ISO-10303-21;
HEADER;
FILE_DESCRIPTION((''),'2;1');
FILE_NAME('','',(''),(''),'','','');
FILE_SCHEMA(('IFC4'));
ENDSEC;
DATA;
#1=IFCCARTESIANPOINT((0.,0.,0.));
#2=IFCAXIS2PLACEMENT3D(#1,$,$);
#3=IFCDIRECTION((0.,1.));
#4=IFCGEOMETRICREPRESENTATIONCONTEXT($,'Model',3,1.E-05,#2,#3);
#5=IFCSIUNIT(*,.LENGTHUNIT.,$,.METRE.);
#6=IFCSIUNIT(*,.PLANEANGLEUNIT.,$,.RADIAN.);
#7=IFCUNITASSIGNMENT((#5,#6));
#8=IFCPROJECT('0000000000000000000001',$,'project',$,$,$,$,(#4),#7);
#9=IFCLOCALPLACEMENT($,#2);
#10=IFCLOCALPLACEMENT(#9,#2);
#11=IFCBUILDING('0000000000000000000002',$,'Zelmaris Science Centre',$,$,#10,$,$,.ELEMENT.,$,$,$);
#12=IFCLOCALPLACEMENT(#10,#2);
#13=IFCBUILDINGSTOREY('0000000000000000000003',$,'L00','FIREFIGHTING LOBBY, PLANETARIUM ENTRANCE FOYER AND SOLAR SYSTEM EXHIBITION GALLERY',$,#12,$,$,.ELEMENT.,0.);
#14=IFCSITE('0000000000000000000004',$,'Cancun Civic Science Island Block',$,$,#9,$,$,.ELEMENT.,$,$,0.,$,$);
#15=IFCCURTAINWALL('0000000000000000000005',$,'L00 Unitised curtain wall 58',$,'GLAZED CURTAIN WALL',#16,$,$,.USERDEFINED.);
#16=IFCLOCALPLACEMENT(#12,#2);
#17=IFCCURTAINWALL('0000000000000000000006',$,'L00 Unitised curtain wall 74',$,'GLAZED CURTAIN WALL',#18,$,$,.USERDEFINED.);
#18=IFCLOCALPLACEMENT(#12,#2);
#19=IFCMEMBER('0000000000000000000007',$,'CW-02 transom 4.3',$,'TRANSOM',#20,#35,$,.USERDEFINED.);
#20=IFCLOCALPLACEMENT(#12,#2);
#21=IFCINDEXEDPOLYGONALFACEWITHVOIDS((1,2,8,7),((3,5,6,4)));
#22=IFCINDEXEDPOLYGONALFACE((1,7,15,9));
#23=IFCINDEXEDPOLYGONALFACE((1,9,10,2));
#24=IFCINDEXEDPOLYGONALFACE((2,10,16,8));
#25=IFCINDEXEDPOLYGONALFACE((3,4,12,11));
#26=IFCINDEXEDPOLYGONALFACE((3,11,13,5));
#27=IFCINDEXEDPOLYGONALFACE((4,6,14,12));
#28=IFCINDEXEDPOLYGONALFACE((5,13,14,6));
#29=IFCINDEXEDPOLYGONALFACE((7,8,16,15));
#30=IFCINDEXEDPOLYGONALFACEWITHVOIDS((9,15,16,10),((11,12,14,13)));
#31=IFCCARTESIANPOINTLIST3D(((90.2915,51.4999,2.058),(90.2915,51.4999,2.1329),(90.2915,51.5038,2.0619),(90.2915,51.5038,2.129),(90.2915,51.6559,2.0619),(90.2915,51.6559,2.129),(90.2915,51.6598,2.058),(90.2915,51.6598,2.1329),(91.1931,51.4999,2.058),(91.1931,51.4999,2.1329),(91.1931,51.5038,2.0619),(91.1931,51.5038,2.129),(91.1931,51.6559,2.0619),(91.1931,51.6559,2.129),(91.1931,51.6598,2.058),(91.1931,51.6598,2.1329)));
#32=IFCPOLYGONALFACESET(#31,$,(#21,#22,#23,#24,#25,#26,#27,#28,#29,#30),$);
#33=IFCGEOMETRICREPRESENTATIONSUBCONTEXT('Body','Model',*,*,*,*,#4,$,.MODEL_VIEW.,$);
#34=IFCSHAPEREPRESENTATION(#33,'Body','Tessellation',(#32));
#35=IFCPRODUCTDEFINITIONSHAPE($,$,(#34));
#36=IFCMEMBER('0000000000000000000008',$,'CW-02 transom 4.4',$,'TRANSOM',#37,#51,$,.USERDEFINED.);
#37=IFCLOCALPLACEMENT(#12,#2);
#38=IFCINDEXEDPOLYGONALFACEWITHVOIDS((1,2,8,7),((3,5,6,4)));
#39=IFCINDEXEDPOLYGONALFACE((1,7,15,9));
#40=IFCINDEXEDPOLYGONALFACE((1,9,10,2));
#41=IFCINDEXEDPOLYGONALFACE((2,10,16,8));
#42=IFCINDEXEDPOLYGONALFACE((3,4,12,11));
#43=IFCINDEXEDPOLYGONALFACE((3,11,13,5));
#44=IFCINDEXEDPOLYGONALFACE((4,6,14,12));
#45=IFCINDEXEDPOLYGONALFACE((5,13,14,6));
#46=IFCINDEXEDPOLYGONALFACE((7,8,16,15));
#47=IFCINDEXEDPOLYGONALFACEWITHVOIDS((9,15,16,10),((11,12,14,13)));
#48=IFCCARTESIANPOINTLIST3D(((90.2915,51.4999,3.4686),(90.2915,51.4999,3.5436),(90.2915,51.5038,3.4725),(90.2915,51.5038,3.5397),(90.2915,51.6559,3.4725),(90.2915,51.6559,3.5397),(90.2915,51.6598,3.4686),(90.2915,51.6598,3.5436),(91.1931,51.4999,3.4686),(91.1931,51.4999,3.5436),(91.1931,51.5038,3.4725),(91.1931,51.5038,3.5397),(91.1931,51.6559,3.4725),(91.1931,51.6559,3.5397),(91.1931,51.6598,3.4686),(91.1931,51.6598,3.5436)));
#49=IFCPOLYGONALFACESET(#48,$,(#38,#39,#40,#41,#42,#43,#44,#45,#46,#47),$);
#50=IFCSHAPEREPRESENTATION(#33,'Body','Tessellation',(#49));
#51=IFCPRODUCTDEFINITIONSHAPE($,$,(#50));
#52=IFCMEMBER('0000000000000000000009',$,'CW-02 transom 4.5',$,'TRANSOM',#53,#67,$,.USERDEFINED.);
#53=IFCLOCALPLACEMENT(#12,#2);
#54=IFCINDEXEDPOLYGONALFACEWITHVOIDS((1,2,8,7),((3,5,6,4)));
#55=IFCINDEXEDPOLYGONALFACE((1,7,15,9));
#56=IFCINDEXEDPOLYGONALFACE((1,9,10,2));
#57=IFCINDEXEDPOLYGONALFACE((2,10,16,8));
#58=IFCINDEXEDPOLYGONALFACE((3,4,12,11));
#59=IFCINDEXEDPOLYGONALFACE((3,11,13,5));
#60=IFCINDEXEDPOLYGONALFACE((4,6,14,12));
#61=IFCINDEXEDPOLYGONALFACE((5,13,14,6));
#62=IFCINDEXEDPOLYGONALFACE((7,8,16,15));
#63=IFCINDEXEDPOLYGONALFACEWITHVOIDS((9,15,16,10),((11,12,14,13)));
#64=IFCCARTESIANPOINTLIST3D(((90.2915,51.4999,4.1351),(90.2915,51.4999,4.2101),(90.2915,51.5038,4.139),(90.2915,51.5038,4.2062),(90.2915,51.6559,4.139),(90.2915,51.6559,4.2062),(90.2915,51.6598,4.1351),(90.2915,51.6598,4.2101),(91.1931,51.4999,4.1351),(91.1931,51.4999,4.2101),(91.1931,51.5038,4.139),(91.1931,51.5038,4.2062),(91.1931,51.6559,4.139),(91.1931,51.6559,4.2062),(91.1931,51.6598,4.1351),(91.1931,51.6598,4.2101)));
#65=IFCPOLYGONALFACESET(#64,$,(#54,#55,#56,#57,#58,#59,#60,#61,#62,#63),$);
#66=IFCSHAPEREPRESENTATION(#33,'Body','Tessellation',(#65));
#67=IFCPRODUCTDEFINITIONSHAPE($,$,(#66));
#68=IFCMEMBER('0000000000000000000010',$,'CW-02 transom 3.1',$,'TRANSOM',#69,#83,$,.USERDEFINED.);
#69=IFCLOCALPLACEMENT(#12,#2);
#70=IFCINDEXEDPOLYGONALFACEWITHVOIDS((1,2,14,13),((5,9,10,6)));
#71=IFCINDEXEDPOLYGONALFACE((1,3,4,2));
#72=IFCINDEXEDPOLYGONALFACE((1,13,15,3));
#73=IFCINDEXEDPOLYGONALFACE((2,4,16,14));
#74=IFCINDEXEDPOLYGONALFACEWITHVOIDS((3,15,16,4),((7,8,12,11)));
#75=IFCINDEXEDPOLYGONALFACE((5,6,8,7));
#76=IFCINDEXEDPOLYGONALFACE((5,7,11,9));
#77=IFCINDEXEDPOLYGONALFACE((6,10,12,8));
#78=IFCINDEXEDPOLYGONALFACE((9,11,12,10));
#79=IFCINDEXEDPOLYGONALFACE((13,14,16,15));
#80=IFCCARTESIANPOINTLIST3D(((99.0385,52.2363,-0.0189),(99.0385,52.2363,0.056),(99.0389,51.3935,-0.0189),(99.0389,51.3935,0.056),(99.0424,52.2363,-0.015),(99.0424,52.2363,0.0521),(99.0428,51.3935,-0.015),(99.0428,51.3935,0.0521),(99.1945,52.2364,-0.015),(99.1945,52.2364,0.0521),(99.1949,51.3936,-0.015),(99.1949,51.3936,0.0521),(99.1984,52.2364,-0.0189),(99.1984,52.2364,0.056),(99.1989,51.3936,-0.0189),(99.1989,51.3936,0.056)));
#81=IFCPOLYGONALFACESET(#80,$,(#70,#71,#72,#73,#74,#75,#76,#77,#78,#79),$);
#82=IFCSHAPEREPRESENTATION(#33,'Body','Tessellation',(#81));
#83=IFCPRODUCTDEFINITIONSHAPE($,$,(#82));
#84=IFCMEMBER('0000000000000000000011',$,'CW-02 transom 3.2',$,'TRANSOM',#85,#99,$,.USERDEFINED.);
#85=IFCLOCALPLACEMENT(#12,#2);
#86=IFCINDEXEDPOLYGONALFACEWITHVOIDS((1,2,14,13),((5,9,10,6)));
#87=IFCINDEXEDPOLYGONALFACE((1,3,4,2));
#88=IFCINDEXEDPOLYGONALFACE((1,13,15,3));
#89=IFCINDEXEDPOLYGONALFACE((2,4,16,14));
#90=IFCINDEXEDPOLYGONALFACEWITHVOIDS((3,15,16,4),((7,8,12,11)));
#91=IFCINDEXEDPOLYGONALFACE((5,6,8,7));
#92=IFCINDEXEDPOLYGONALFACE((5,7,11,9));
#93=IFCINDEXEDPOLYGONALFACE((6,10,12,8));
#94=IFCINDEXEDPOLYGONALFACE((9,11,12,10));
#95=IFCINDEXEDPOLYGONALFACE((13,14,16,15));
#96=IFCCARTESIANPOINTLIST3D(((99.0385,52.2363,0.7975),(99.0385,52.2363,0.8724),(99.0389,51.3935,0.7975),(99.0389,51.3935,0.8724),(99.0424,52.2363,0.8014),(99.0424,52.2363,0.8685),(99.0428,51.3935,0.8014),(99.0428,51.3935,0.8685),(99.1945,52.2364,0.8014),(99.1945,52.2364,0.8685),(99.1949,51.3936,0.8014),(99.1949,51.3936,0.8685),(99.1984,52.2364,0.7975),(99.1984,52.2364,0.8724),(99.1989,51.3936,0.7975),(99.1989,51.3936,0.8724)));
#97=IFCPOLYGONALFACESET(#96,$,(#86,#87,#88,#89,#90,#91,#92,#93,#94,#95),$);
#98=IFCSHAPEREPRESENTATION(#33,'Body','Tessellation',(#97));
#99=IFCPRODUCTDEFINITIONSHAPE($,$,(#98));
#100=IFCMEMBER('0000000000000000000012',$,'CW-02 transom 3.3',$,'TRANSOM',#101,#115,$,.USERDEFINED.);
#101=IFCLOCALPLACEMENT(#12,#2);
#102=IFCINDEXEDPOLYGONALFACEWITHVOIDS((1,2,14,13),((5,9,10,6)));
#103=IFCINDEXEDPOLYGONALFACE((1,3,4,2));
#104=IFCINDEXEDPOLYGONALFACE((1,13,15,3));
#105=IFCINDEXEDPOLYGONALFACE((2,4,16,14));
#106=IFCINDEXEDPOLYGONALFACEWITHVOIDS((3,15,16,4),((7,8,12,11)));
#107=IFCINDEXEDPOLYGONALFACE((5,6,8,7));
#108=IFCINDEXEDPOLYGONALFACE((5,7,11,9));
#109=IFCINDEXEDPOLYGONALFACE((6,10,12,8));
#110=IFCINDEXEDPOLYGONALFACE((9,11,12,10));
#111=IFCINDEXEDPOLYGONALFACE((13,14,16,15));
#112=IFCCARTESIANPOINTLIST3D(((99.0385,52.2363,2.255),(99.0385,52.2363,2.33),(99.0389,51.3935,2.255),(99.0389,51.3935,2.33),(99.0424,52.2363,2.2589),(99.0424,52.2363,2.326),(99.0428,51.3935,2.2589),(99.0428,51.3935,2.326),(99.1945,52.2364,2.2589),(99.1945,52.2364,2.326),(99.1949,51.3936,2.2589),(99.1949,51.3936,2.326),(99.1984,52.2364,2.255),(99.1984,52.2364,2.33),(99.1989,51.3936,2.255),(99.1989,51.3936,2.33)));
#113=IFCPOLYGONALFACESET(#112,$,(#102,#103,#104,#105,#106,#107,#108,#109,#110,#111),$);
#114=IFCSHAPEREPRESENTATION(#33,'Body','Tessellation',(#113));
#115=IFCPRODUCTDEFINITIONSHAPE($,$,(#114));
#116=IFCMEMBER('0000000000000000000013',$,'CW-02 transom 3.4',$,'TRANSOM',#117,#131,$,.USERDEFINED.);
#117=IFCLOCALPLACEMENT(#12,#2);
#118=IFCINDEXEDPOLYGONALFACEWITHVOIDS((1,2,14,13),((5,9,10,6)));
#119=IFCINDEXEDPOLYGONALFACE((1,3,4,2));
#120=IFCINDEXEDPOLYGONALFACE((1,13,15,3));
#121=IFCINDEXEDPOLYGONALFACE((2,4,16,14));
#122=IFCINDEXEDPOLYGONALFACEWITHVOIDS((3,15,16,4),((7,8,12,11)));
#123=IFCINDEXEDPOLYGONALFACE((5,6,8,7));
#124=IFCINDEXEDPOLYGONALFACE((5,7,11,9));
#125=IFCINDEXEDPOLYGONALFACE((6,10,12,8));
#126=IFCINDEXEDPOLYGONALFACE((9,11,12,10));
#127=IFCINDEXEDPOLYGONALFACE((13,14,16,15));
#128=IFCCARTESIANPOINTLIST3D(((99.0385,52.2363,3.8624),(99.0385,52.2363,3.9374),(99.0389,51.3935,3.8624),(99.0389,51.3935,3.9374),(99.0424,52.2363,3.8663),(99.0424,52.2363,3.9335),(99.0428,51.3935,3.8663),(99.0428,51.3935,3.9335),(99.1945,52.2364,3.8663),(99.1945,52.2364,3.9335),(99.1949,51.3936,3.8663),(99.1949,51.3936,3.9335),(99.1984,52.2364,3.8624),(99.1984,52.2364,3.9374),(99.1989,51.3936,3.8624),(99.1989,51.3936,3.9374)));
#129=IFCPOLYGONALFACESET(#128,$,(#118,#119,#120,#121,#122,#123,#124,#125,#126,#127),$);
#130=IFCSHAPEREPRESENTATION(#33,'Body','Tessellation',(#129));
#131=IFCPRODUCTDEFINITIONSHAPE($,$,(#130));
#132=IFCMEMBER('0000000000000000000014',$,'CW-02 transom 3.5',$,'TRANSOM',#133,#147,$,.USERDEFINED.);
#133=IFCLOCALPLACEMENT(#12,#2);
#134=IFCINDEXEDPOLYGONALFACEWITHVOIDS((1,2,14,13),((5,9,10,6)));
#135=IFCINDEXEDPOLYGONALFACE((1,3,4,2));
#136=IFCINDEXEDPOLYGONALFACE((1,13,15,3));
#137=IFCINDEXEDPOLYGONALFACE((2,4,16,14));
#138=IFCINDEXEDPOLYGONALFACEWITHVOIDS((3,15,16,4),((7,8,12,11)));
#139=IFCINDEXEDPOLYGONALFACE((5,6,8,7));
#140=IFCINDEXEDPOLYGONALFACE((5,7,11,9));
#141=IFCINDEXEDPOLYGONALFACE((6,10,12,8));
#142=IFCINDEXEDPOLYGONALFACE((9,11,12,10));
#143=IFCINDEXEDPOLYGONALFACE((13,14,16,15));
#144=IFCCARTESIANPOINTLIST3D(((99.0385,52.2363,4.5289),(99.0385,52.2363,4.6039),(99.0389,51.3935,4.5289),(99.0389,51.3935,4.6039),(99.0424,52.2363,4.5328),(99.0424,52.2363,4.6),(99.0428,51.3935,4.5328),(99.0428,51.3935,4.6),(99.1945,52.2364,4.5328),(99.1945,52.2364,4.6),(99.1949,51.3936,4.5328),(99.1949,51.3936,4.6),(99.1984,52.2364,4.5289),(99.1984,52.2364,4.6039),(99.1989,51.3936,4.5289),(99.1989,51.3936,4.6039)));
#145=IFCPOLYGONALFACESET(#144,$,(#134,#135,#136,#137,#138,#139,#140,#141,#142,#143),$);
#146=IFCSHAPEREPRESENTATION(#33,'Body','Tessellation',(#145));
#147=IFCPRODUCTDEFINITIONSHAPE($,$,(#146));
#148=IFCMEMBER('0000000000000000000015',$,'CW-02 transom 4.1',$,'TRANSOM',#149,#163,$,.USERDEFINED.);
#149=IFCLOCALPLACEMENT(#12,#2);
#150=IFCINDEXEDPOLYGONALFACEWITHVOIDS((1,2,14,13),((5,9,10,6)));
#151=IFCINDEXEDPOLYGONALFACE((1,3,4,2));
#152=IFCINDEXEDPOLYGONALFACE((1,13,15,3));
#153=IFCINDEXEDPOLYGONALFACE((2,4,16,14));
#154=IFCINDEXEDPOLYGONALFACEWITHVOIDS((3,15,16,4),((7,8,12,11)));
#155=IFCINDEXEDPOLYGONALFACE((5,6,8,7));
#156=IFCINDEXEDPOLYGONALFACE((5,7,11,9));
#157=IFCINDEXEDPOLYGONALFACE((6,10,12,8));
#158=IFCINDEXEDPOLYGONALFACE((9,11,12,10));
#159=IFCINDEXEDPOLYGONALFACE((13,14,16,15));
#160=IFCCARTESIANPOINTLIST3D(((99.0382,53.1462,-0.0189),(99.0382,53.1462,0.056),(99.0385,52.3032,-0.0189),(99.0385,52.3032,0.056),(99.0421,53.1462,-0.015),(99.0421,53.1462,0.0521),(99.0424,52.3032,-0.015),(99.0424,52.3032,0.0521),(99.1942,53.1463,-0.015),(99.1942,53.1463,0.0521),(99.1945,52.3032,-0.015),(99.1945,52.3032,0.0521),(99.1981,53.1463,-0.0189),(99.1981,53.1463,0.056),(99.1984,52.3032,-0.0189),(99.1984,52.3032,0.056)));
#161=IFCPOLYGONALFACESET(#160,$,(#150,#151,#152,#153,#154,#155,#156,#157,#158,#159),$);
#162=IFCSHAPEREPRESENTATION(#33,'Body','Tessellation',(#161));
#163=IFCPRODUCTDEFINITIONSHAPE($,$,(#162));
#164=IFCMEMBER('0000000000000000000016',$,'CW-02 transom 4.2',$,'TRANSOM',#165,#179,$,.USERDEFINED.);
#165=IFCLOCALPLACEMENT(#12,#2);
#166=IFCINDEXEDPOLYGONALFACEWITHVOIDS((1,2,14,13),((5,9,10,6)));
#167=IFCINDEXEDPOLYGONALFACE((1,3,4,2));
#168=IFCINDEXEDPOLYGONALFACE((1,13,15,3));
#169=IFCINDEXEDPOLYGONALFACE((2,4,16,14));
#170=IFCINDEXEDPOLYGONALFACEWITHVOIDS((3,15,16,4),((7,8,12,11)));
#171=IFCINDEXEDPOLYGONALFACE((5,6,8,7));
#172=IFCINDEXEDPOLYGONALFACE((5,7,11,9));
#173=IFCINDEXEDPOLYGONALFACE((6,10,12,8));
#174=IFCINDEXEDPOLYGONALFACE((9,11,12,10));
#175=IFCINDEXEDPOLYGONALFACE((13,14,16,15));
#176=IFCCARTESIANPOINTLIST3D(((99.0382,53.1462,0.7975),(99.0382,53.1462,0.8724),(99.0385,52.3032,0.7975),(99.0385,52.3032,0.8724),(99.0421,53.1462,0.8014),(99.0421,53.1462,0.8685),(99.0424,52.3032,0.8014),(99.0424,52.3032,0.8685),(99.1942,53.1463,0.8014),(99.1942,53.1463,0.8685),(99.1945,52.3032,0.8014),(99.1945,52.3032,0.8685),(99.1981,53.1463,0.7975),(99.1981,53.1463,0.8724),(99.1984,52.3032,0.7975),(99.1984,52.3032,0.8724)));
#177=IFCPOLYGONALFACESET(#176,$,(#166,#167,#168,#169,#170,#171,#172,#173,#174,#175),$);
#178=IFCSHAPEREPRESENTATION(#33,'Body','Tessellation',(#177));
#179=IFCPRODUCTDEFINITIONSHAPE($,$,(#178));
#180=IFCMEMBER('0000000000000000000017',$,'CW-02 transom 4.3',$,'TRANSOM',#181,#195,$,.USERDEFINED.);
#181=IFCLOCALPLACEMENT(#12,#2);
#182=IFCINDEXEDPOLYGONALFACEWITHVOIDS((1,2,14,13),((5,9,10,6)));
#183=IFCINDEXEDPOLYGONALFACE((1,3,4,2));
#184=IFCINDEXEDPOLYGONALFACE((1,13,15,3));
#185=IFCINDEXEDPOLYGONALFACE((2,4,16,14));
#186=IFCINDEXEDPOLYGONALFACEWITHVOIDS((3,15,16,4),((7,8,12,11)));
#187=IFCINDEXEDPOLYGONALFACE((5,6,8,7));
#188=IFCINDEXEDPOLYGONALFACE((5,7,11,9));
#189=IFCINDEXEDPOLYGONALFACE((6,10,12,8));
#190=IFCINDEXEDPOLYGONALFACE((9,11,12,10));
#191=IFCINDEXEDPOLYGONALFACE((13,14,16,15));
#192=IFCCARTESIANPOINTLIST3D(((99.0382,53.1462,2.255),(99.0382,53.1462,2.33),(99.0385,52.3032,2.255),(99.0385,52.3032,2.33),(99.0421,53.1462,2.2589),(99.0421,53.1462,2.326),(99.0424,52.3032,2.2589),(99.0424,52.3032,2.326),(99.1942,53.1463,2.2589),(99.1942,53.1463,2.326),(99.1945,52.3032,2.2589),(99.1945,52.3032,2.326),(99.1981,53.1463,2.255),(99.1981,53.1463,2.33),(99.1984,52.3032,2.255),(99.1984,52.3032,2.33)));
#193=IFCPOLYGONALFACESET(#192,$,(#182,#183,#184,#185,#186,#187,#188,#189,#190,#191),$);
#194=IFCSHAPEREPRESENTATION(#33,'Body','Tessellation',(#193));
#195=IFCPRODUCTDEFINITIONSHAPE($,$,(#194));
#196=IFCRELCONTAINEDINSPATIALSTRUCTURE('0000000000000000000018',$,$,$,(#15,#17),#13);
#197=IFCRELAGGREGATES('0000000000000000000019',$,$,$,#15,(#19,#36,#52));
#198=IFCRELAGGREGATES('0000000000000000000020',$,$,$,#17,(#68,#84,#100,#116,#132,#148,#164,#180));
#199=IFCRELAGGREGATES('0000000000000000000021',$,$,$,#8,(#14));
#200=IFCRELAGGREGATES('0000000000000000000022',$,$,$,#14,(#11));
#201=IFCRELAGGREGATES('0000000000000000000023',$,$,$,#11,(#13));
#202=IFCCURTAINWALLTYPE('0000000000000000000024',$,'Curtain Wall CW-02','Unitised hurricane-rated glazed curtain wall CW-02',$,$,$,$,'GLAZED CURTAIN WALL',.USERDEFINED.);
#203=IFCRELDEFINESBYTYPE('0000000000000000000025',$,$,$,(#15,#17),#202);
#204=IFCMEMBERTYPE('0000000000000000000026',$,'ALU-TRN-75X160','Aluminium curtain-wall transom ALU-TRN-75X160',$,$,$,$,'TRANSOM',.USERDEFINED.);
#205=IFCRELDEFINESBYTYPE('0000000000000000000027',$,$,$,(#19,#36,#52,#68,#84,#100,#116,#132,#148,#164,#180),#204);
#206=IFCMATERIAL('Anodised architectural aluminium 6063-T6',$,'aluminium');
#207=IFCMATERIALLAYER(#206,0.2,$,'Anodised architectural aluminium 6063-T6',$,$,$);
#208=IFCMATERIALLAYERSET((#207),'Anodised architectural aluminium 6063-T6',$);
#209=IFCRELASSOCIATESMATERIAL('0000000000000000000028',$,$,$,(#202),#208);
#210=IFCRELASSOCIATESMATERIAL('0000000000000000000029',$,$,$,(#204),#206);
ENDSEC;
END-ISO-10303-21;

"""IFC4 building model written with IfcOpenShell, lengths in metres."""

from ifc_helpers import new_model, si_unit, direction, frame, origin, origin_2d, place, context, subcontext, project, spatial, hollow_rectangle, extrude, material, layer, layer_set, material_profile, profile_set, type_object, element, aggregate, save


model = new_model("IFC4")

# Units and contexts
model_context = context("Model", 3, precision=1e-05, world=origin(), true_north=direction((0.0, 1.0)))
body_context = subcontext(model_context, "Body", "Model", "MODEL_VIEW")
ifc_project = project(units=[si_unit("LENGTHUNIT", "METRE"), si_unit("PLANEANGLEUNIT", "RADIAN")], contexts=[model_context])

# Site, building, storey
site_placement = place(None, origin())
site = spatial("IfcSite", under=ifc_project, at=site_placement, Name="Cancun Civic Science Island Block", CompositionType="ELEMENT", RefElevation=0.0)
building_placement = place(site_placement, origin())
building = spatial("IfcBuilding", under=site, at=building_placement, Name="Zelmaris Science Centre", CompositionType="ELEMENT")
storey_placement = place(building_placement, origin())
storey = spatial("IfcBuildingStorey", under=building, at=storey_placement, Name="L00", Description="FIREFIGHTING LOBBY, PLANETARIUM ENTRANCE FOYER AND SOLAR SYSTEM EXHIBITION GALLERY", CompositionType="ELEMENT", Elevation=0.0)

# Curtain wall
ifc_material_1 = material(Name="Anodised architectural aluminium 6063-T6", Category="aluminium")
ifc_layer_1 = layer(ifc_material_1, 0.2, Name="Anodised architectural aluminium 6063-T6")
ifc_layer_set_1 = layer_set([ifc_layer_1], Name="Anodised architectural aluminium 6063-T6")
curtain_wall_type_1 = type_object("IfcCurtainWallType", Name="Curtain Wall CW-02", Description="Unitised hurricane-rated glazed curtain wall CW-02", ElementType="GLAZED CURTAIN WALL", PredefinedType="USERDEFINED", material=ifc_layer_set_1)
curtain_wall_1_placement = place(storey_placement, origin())
curtain_wall_1 = element("IfcCurtainWall", 1, at=curtain_wall_1_placement, inside=storey, type_object=curtain_wall_type_1, Name="L00 Unitised curtain wall 58", ObjectType="GLAZED CURTAIN WALL", PredefinedType="USERDEFINED")

# Curtain wall
curtain_wall_2_placement = place(storey_placement, origin())
curtain_wall_2 = element("IfcCurtainWall", 2, at=curtain_wall_2_placement, inside=storey, type_object=curtain_wall_type_1, Name="L00 Unitised curtain wall 74", ObjectType="GLAZED CURTAIN WALL", PredefinedType="USERDEFINED")

# Members
ifc_material_profile_1 = material_profile(ifc_material_1, hollow_rectangle(XDim=0.075, YDim=0.1599, WallThickness=0.0039, at=origin_2d()), Name="ALU-TRN-75X160")
ifc_profile_set_1 = profile_set([ifc_material_profile_1], Name="Anodised architectural aluminium 6063-T6")
member_type_1 = type_object("IfcMemberType", Name="ALU-TRN-75X160", Description="Aluminium curtain-wall transom ALU-TRN-75X160", ElementType="TRANSOM", PredefinedType="USERDEFINED", material=ifc_profile_set_1)
member_1_placement = place(storey_placement, frame((90.2915, 51.5798, 2.0955), z_axis=(1.0, 0.0, 0.0), x_axis=(0.0, 0.0, 1.0)))
member_1 = element("IfcMember", 3, at=member_1_placement, type_object=member_type_1, Name="CW-02 transom 4.3", ObjectType="TRANSOM", PredefinedType="USERDEFINED", context=body_context, shape_type="SweptSolid", body=[
    extrude(hollow_rectangle(XDim=0.075, YDim=0.1599, WallThickness=0.0039, at=origin_2d()), origin(), (0.0, 0.0, 1.0), 0.9016),
])
member_2_placement = place(storey_placement, frame((90.2915, 51.5798, 3.5061), z_axis=(1.0, 0.0, 0.0), x_axis=(0.0, 0.0, 1.0)))
member_2 = element("IfcMember", 4, at=member_2_placement, type_object=member_type_1, Name="CW-02 transom 4.4", ObjectType="TRANSOM", PredefinedType="USERDEFINED", context=body_context, shape_type="SweptSolid", body=[
    extrude(hollow_rectangle(XDim=0.075, YDim=0.1599, WallThickness=0.0039, at=origin_2d()), origin(), (0.0, 0.0, 1.0), 0.9016),
])
member_3_placement = place(storey_placement, frame((90.2915, 51.5798, 4.1726), z_axis=(1.0, 0.0, 0.0), x_axis=(0.0, 0.0, 1.0)))
member_3 = element("IfcMember", 5, at=member_3_placement, type_object=member_type_1, Name="CW-02 transom 4.5", ObjectType="TRANSOM", PredefinedType="USERDEFINED", context=body_context, shape_type="SweptSolid", body=[
    extrude(hollow_rectangle(XDim=0.075, YDim=0.1599, WallThickness=0.0039, at=origin_2d()), origin(), (0.0, 0.0, 1.0), 0.9016),
])
member_4_placement = place(storey_placement, frame((99.1189, 51.3936, 0.0186), z_axis=(-0.000579, 1.0, 0.0), x_axis=(0.0, 0.0, 1.0)))
member_4 = element("IfcMember", 6, at=member_4_placement, type_object=member_type_1, Name="CW-02 transom 3.1", ObjectType="TRANSOM", PredefinedType="USERDEFINED", context=body_context, shape_type="SweptSolid", body=[
    extrude(hollow_rectangle(XDim=0.075, YDim=0.1599, WallThickness=0.0039, at=origin_2d()), origin(), (0.0, 0.0, 1.0), 0.8428),
])
member_5_placement = place(storey_placement, frame((99.1189, 51.3936, 0.835), z_axis=(-0.000579, 1.0, 0.0), x_axis=(0.0, 0.0, 1.0)))
member_5 = element("IfcMember", 7, at=member_5_placement, type_object=member_type_1, Name="CW-02 transom 3.2", ObjectType="TRANSOM", PredefinedType="USERDEFINED", context=body_context, shape_type="SweptSolid", body=[
    extrude(hollow_rectangle(XDim=0.075, YDim=0.1599, WallThickness=0.0039, at=origin_2d()), origin(), (0.0, 0.0, 1.0), 0.8428),
])
member_6_placement = place(storey_placement, frame((99.1189, 51.3936, 2.2925), z_axis=(-0.000579, 1.0, 0.0), x_axis=(0.0, 0.0, 1.0)))
member_6 = element("IfcMember", 8, at=member_6_placement, type_object=member_type_1, Name="CW-02 transom 3.3", ObjectType="TRANSOM", PredefinedType="USERDEFINED", context=body_context, shape_type="SweptSolid", body=[
    extrude(hollow_rectangle(XDim=0.075, YDim=0.1599, WallThickness=0.0039, at=origin_2d()), origin(), (0.0, 0.0, 1.0), 0.8428),
])
member_7_placement = place(storey_placement, frame((99.1189, 51.3936, 3.8999), z_axis=(-0.000579, 1.0, 0.0), x_axis=(0.0, 0.0, 1.0)))
member_7 = element("IfcMember", 9, at=member_7_placement, type_object=member_type_1, Name="CW-02 transom 3.4", ObjectType="TRANSOM", PredefinedType="USERDEFINED", context=body_context, shape_type="SweptSolid", body=[
    extrude(hollow_rectangle(XDim=0.075, YDim=0.1599, WallThickness=0.0039, at=origin_2d()), origin(), (0.0, 0.0, 1.0), 0.8428),
])
member_8_placement = place(storey_placement, frame((99.1189, 51.3936, 4.5664), z_axis=(-0.000579, 1.0, 0.0), x_axis=(0.0, 0.0, 1.0)))
member_8 = element("IfcMember", 10, at=member_8_placement, type_object=member_type_1, Name="CW-02 transom 3.5", ObjectType="TRANSOM", PredefinedType="USERDEFINED", context=body_context, shape_type="SweptSolid", body=[
    extrude(hollow_rectangle(XDim=0.075, YDim=0.1599, WallThickness=0.0039, at=origin_2d()), origin(), (0.0, 0.0, 1.0), 0.8428),
])
member_9_placement = place(storey_placement, frame((99.1184, 52.3032, 0.0186), z_axis=(-0.00029, 1.0, 0.0), x_axis=(0.0, 0.0, 1.0)))
member_9 = element("IfcMember", 11, at=member_9_placement, type_object=member_type_1, Name="CW-02 transom 4.1", ObjectType="TRANSOM", PredefinedType="USERDEFINED", context=body_context, shape_type="SweptSolid", body=[
    extrude(hollow_rectangle(XDim=0.075, YDim=0.1599, WallThickness=0.0039, at=origin_2d()), origin(), (0.0, 0.0, 1.0), 0.843),
])
member_10_placement = place(storey_placement, frame((99.1184, 52.3032, 0.835), z_axis=(-0.00029, 1.0, 0.0), x_axis=(0.0, 0.0, 1.0)))
member_10 = element("IfcMember", 12, at=member_10_placement, type_object=member_type_1, Name="CW-02 transom 4.2", ObjectType="TRANSOM", PredefinedType="USERDEFINED", context=body_context, shape_type="SweptSolid", body=[
    extrude(hollow_rectangle(XDim=0.075, YDim=0.1599, WallThickness=0.0039, at=origin_2d()), origin(), (0.0, 0.0, 1.0), 0.843),
])
member_11_placement = place(storey_placement, frame((99.1184, 52.3032, 2.2925), z_axis=(-0.00029, 1.0, 0.0), x_axis=(0.0, 0.0, 1.0)))
member_11 = element("IfcMember", 13, at=member_11_placement, type_object=member_type_1, Name="CW-02 transom 4.3", ObjectType="TRANSOM", PredefinedType="USERDEFINED", context=body_context, shape_type="SweptSolid", body=[
    extrude(hollow_rectangle(XDim=0.075, YDim=0.1599, WallThickness=0.0039, at=origin_2d()), origin(), (0.0, 0.0, 1.0), 0.843),
])

aggregate(curtain_wall_1, [member_1, member_2, member_3])
aggregate(curtain_wall_2, [member_4, member_5, member_6, member_7, member_8, member_9, member_10, member_11])

save(model, "model.ifc")
